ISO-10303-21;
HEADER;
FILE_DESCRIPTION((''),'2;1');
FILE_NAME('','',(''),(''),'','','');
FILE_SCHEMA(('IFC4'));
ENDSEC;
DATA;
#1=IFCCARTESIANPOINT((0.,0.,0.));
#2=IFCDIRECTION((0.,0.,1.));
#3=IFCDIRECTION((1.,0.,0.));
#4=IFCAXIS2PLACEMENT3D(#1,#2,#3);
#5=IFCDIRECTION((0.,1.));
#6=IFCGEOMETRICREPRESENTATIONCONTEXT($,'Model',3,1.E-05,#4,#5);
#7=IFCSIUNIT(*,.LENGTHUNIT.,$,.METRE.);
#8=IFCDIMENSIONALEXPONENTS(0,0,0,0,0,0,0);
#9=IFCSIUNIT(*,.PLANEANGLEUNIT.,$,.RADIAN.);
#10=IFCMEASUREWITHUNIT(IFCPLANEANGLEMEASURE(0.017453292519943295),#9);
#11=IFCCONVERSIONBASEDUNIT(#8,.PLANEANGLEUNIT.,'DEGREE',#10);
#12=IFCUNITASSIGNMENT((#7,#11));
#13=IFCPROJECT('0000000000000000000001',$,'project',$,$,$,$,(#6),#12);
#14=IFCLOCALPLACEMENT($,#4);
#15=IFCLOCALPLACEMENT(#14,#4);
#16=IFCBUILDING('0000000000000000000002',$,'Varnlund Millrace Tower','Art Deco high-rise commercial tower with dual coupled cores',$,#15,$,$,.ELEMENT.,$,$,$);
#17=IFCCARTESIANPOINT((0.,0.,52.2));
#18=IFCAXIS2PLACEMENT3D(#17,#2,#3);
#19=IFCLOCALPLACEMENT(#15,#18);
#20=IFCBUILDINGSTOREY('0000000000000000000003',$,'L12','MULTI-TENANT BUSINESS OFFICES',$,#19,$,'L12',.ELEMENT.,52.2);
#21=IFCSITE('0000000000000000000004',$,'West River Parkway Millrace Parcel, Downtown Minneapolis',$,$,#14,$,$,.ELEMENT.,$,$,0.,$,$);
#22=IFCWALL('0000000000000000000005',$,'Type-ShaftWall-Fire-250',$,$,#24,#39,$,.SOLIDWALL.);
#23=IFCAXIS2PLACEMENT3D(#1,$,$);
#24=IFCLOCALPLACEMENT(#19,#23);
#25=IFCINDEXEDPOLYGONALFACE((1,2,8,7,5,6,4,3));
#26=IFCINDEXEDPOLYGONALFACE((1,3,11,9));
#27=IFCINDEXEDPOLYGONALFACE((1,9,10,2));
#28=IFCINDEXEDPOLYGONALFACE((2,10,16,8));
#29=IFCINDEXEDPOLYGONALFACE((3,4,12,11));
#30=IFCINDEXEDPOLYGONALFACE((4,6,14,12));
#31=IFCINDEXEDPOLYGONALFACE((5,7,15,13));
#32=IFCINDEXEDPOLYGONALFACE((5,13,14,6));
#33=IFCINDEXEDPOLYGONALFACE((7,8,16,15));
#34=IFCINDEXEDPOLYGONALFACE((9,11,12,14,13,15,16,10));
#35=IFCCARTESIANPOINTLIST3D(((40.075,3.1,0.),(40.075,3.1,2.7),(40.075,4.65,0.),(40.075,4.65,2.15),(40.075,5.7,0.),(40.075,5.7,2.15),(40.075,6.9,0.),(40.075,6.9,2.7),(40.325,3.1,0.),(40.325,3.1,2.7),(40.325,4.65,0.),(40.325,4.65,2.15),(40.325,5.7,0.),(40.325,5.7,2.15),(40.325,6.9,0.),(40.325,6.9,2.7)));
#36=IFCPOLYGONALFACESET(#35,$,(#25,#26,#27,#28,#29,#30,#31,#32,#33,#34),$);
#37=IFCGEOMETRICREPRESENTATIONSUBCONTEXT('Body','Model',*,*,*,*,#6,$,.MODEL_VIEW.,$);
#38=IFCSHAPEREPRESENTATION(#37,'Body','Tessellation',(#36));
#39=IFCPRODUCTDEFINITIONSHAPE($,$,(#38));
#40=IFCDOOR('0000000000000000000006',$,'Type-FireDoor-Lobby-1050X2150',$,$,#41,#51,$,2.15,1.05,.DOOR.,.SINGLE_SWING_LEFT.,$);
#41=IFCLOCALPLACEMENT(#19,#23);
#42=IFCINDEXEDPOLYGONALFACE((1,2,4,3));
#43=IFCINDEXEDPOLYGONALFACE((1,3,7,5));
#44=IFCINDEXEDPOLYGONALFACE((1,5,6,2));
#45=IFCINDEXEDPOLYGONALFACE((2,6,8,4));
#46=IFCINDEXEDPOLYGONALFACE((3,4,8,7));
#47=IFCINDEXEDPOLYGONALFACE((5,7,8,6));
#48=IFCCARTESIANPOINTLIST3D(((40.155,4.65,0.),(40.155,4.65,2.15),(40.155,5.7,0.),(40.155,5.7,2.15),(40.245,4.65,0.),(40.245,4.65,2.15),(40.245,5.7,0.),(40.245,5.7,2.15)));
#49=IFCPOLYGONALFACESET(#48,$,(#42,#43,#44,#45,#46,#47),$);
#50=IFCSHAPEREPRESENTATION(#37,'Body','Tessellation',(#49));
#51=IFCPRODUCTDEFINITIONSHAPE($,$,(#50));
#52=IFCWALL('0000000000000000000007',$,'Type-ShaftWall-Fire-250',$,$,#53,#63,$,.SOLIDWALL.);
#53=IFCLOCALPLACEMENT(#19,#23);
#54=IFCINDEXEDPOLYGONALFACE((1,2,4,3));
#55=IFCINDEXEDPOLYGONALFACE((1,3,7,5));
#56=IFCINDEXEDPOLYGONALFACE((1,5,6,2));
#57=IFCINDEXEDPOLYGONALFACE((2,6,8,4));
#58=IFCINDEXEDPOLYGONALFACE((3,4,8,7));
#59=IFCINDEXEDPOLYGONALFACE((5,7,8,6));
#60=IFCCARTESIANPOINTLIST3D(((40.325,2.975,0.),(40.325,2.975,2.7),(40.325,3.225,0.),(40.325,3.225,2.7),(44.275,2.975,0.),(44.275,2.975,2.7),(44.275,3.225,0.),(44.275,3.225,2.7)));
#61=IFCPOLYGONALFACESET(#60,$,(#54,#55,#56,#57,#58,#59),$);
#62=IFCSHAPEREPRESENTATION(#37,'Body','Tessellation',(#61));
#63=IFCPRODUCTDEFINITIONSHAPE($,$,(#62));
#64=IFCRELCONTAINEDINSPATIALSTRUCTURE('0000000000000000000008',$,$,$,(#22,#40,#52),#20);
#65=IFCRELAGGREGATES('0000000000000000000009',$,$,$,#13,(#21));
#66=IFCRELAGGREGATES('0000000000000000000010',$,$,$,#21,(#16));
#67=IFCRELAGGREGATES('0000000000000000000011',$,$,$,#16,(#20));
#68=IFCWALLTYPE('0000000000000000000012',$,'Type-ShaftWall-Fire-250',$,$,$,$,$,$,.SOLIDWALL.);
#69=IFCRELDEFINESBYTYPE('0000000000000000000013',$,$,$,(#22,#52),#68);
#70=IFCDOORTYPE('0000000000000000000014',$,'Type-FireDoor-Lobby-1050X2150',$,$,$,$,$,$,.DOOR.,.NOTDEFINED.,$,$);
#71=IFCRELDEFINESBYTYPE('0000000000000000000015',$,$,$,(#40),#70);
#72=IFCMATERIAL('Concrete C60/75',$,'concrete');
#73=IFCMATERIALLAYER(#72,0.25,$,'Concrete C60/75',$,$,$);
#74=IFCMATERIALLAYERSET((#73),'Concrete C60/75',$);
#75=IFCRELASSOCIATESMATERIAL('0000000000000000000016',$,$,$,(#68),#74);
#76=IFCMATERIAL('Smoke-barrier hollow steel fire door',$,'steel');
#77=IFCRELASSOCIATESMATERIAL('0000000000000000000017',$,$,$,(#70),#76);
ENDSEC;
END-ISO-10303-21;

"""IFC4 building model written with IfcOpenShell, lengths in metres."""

from ifc_helpers import new_model, entity, si_unit, converted_unit, direction, frame, origin_with_axes, origin_2d_with_axis, place, context, subcontext, project, spatial, polyline, rectangle, outline, extrude, material, layer, layer_set, type_object, element, fill, save


model = new_model("IFC4")

# Units and contexts
model_context = context("Model", 3, precision=1e-05, world=origin_with_axes(), true_north=direction((0.0, 1.0)))
body_context = subcontext(model_context, "Body", "Model", "MODEL_VIEW")
ifc_project = project(units=[si_unit("LENGTHUNIT", "METRE"), converted_unit("PLANEANGLEUNIT", "DEGREE", entity("IfcPlaneAngleMeasure", 0.017453292519943295), si_unit("PLANEANGLEUNIT", "RADIAN"), dimensions=[0, 0, 0, 0, 0, 0, 0])], contexts=[model_context])

# Site, building, storey
site_placement = place(None, origin_with_axes())
site = spatial("IfcSite", under=ifc_project, at=site_placement, Name="West River Parkway Millrace Parcel, Downtown Minneapolis", CompositionType="ELEMENT", RefElevation=0.0)
building_placement = place(site_placement, origin_with_axes())
building = spatial("IfcBuilding", under=site, at=building_placement, Name="Varnlund Millrace Tower", Description="Art Deco high-rise commercial tower with dual coupled cores", CompositionType="ELEMENT")
storey_placement = place(building_placement, frame((0.0, 0.0, 52.2), z_axis=(0.0, 0.0, 1.0), x_axis=(1.0, 0.0, 0.0)))
storey = spatial("IfcBuildingStorey", under=building, at=storey_placement, Name="L12", Description="MULTI-TENANT BUSINESS OFFICES", LongName="L12", CompositionType="ELEMENT", Elevation=52.2)

# Wall, opening, door
ifc_material_1 = material(Name="Concrete C60/75", Category="concrete")
ifc_layer_1 = layer(ifc_material_1, 0.25, Name="Concrete C60/75")
ifc_layer_set_1 = layer_set([ifc_layer_1], Name="Concrete C60/75")
wall_type_1 = type_object("IfcWallType", Name="Type-ShaftWall-Fire-250", PredefinedType="SOLIDWALL", material=ifc_layer_set_1)
wall_1_placement = place(storey_placement, frame((40.2, 3.1, 0.0), z_axis=(0.0, 0.0, 1.0), x_axis=(0.0, 1.0, 0.0)))
wall_1 = element("IfcWall", 1, at=wall_1_placement, inside=storey, type_object=wall_type_1, Name="Type-ShaftWall-Fire-250", PredefinedType="SOLIDWALL", context=body_context, shape_type="SweptSolid", body=[
    extrude(outline(polyline([(0.0, -0.125), (3.8, -0.125), (3.8, 0.125), (0.0, 0.125), (0.0, -0.125)])), origin_with_axes(), (0.0, 0.0, 1.0), 2.7),
])
opening_1_placement = place(wall_1_placement, frame((2.075, 0.0, 0.0), z_axis=(0.0, 0.0, 1.0), x_axis=(1.0, 0.0, 0.0)))
opening_1 = element("IfcOpeningElement", 2, at=opening_1_placement, cuts=wall_1, PredefinedType="OPENING", context=body_context, shape_type="SweptSolid", body=[
    extrude(rectangle(XDim=1.05, YDim=0.27, at=origin_2d_with_axis()), origin_with_axes(), (0.0, 0.0, 1.0), 2.15),
])
ifc_material_2 = material(Name="Smoke-barrier hollow steel fire door", Category="steel")
door_type_1 = type_object("IfcDoorType", Name="Type-FireDoor-Lobby-1050X2150", OperationType="NOTDEFINED", PredefinedType="DOOR", material=ifc_material_2)
door_1_placement = place(wall_1_placement, frame((2.075, 0.0, 0.0), z_axis=(0.0, 0.0, 1.0), x_axis=(1.0, 0.0, 0.0)))
door_1 = element("IfcDoor", 3, at=door_1_placement, inside=storey, type_object=door_type_1, Name="Type-FireDoor-Lobby-1050X2150", OperationType="SINGLE_SWING_LEFT", OverallHeight=2.15, OverallWidth=1.05, PredefinedType="DOOR", context=body_context, shape_type="SweptSolid", body=[
    extrude(rectangle(XDim=1.05, YDim=0.09, at=origin_2d_with_axis()), origin_with_axes(), (0.0, 0.0, 1.0), 2.15),
])
fill(opening_1, door_1)

# Wall
wall_2_placement = place(storey_placement, frame((40.325, 3.1, 0.0), z_axis=(0.0, 0.0, 1.0), x_axis=(1.0, 0.0, 0.0)))
element("IfcWall", 4, at=wall_2_placement, inside=storey, type_object=wall_type_1, Name="Type-ShaftWall-Fire-250", PredefinedType="SOLIDWALL", context=body_context, shape_type="SweptSolid", body=[
    extrude(outline(polyline([(0.0, -0.125), (3.95, -0.125), (3.95, 0.125), (0.0, 0.125), (0.0, -0.125)])), origin_with_axes(), (0.0, 0.0, 1.0), 2.7),
])

save(model, "model.ifc")
